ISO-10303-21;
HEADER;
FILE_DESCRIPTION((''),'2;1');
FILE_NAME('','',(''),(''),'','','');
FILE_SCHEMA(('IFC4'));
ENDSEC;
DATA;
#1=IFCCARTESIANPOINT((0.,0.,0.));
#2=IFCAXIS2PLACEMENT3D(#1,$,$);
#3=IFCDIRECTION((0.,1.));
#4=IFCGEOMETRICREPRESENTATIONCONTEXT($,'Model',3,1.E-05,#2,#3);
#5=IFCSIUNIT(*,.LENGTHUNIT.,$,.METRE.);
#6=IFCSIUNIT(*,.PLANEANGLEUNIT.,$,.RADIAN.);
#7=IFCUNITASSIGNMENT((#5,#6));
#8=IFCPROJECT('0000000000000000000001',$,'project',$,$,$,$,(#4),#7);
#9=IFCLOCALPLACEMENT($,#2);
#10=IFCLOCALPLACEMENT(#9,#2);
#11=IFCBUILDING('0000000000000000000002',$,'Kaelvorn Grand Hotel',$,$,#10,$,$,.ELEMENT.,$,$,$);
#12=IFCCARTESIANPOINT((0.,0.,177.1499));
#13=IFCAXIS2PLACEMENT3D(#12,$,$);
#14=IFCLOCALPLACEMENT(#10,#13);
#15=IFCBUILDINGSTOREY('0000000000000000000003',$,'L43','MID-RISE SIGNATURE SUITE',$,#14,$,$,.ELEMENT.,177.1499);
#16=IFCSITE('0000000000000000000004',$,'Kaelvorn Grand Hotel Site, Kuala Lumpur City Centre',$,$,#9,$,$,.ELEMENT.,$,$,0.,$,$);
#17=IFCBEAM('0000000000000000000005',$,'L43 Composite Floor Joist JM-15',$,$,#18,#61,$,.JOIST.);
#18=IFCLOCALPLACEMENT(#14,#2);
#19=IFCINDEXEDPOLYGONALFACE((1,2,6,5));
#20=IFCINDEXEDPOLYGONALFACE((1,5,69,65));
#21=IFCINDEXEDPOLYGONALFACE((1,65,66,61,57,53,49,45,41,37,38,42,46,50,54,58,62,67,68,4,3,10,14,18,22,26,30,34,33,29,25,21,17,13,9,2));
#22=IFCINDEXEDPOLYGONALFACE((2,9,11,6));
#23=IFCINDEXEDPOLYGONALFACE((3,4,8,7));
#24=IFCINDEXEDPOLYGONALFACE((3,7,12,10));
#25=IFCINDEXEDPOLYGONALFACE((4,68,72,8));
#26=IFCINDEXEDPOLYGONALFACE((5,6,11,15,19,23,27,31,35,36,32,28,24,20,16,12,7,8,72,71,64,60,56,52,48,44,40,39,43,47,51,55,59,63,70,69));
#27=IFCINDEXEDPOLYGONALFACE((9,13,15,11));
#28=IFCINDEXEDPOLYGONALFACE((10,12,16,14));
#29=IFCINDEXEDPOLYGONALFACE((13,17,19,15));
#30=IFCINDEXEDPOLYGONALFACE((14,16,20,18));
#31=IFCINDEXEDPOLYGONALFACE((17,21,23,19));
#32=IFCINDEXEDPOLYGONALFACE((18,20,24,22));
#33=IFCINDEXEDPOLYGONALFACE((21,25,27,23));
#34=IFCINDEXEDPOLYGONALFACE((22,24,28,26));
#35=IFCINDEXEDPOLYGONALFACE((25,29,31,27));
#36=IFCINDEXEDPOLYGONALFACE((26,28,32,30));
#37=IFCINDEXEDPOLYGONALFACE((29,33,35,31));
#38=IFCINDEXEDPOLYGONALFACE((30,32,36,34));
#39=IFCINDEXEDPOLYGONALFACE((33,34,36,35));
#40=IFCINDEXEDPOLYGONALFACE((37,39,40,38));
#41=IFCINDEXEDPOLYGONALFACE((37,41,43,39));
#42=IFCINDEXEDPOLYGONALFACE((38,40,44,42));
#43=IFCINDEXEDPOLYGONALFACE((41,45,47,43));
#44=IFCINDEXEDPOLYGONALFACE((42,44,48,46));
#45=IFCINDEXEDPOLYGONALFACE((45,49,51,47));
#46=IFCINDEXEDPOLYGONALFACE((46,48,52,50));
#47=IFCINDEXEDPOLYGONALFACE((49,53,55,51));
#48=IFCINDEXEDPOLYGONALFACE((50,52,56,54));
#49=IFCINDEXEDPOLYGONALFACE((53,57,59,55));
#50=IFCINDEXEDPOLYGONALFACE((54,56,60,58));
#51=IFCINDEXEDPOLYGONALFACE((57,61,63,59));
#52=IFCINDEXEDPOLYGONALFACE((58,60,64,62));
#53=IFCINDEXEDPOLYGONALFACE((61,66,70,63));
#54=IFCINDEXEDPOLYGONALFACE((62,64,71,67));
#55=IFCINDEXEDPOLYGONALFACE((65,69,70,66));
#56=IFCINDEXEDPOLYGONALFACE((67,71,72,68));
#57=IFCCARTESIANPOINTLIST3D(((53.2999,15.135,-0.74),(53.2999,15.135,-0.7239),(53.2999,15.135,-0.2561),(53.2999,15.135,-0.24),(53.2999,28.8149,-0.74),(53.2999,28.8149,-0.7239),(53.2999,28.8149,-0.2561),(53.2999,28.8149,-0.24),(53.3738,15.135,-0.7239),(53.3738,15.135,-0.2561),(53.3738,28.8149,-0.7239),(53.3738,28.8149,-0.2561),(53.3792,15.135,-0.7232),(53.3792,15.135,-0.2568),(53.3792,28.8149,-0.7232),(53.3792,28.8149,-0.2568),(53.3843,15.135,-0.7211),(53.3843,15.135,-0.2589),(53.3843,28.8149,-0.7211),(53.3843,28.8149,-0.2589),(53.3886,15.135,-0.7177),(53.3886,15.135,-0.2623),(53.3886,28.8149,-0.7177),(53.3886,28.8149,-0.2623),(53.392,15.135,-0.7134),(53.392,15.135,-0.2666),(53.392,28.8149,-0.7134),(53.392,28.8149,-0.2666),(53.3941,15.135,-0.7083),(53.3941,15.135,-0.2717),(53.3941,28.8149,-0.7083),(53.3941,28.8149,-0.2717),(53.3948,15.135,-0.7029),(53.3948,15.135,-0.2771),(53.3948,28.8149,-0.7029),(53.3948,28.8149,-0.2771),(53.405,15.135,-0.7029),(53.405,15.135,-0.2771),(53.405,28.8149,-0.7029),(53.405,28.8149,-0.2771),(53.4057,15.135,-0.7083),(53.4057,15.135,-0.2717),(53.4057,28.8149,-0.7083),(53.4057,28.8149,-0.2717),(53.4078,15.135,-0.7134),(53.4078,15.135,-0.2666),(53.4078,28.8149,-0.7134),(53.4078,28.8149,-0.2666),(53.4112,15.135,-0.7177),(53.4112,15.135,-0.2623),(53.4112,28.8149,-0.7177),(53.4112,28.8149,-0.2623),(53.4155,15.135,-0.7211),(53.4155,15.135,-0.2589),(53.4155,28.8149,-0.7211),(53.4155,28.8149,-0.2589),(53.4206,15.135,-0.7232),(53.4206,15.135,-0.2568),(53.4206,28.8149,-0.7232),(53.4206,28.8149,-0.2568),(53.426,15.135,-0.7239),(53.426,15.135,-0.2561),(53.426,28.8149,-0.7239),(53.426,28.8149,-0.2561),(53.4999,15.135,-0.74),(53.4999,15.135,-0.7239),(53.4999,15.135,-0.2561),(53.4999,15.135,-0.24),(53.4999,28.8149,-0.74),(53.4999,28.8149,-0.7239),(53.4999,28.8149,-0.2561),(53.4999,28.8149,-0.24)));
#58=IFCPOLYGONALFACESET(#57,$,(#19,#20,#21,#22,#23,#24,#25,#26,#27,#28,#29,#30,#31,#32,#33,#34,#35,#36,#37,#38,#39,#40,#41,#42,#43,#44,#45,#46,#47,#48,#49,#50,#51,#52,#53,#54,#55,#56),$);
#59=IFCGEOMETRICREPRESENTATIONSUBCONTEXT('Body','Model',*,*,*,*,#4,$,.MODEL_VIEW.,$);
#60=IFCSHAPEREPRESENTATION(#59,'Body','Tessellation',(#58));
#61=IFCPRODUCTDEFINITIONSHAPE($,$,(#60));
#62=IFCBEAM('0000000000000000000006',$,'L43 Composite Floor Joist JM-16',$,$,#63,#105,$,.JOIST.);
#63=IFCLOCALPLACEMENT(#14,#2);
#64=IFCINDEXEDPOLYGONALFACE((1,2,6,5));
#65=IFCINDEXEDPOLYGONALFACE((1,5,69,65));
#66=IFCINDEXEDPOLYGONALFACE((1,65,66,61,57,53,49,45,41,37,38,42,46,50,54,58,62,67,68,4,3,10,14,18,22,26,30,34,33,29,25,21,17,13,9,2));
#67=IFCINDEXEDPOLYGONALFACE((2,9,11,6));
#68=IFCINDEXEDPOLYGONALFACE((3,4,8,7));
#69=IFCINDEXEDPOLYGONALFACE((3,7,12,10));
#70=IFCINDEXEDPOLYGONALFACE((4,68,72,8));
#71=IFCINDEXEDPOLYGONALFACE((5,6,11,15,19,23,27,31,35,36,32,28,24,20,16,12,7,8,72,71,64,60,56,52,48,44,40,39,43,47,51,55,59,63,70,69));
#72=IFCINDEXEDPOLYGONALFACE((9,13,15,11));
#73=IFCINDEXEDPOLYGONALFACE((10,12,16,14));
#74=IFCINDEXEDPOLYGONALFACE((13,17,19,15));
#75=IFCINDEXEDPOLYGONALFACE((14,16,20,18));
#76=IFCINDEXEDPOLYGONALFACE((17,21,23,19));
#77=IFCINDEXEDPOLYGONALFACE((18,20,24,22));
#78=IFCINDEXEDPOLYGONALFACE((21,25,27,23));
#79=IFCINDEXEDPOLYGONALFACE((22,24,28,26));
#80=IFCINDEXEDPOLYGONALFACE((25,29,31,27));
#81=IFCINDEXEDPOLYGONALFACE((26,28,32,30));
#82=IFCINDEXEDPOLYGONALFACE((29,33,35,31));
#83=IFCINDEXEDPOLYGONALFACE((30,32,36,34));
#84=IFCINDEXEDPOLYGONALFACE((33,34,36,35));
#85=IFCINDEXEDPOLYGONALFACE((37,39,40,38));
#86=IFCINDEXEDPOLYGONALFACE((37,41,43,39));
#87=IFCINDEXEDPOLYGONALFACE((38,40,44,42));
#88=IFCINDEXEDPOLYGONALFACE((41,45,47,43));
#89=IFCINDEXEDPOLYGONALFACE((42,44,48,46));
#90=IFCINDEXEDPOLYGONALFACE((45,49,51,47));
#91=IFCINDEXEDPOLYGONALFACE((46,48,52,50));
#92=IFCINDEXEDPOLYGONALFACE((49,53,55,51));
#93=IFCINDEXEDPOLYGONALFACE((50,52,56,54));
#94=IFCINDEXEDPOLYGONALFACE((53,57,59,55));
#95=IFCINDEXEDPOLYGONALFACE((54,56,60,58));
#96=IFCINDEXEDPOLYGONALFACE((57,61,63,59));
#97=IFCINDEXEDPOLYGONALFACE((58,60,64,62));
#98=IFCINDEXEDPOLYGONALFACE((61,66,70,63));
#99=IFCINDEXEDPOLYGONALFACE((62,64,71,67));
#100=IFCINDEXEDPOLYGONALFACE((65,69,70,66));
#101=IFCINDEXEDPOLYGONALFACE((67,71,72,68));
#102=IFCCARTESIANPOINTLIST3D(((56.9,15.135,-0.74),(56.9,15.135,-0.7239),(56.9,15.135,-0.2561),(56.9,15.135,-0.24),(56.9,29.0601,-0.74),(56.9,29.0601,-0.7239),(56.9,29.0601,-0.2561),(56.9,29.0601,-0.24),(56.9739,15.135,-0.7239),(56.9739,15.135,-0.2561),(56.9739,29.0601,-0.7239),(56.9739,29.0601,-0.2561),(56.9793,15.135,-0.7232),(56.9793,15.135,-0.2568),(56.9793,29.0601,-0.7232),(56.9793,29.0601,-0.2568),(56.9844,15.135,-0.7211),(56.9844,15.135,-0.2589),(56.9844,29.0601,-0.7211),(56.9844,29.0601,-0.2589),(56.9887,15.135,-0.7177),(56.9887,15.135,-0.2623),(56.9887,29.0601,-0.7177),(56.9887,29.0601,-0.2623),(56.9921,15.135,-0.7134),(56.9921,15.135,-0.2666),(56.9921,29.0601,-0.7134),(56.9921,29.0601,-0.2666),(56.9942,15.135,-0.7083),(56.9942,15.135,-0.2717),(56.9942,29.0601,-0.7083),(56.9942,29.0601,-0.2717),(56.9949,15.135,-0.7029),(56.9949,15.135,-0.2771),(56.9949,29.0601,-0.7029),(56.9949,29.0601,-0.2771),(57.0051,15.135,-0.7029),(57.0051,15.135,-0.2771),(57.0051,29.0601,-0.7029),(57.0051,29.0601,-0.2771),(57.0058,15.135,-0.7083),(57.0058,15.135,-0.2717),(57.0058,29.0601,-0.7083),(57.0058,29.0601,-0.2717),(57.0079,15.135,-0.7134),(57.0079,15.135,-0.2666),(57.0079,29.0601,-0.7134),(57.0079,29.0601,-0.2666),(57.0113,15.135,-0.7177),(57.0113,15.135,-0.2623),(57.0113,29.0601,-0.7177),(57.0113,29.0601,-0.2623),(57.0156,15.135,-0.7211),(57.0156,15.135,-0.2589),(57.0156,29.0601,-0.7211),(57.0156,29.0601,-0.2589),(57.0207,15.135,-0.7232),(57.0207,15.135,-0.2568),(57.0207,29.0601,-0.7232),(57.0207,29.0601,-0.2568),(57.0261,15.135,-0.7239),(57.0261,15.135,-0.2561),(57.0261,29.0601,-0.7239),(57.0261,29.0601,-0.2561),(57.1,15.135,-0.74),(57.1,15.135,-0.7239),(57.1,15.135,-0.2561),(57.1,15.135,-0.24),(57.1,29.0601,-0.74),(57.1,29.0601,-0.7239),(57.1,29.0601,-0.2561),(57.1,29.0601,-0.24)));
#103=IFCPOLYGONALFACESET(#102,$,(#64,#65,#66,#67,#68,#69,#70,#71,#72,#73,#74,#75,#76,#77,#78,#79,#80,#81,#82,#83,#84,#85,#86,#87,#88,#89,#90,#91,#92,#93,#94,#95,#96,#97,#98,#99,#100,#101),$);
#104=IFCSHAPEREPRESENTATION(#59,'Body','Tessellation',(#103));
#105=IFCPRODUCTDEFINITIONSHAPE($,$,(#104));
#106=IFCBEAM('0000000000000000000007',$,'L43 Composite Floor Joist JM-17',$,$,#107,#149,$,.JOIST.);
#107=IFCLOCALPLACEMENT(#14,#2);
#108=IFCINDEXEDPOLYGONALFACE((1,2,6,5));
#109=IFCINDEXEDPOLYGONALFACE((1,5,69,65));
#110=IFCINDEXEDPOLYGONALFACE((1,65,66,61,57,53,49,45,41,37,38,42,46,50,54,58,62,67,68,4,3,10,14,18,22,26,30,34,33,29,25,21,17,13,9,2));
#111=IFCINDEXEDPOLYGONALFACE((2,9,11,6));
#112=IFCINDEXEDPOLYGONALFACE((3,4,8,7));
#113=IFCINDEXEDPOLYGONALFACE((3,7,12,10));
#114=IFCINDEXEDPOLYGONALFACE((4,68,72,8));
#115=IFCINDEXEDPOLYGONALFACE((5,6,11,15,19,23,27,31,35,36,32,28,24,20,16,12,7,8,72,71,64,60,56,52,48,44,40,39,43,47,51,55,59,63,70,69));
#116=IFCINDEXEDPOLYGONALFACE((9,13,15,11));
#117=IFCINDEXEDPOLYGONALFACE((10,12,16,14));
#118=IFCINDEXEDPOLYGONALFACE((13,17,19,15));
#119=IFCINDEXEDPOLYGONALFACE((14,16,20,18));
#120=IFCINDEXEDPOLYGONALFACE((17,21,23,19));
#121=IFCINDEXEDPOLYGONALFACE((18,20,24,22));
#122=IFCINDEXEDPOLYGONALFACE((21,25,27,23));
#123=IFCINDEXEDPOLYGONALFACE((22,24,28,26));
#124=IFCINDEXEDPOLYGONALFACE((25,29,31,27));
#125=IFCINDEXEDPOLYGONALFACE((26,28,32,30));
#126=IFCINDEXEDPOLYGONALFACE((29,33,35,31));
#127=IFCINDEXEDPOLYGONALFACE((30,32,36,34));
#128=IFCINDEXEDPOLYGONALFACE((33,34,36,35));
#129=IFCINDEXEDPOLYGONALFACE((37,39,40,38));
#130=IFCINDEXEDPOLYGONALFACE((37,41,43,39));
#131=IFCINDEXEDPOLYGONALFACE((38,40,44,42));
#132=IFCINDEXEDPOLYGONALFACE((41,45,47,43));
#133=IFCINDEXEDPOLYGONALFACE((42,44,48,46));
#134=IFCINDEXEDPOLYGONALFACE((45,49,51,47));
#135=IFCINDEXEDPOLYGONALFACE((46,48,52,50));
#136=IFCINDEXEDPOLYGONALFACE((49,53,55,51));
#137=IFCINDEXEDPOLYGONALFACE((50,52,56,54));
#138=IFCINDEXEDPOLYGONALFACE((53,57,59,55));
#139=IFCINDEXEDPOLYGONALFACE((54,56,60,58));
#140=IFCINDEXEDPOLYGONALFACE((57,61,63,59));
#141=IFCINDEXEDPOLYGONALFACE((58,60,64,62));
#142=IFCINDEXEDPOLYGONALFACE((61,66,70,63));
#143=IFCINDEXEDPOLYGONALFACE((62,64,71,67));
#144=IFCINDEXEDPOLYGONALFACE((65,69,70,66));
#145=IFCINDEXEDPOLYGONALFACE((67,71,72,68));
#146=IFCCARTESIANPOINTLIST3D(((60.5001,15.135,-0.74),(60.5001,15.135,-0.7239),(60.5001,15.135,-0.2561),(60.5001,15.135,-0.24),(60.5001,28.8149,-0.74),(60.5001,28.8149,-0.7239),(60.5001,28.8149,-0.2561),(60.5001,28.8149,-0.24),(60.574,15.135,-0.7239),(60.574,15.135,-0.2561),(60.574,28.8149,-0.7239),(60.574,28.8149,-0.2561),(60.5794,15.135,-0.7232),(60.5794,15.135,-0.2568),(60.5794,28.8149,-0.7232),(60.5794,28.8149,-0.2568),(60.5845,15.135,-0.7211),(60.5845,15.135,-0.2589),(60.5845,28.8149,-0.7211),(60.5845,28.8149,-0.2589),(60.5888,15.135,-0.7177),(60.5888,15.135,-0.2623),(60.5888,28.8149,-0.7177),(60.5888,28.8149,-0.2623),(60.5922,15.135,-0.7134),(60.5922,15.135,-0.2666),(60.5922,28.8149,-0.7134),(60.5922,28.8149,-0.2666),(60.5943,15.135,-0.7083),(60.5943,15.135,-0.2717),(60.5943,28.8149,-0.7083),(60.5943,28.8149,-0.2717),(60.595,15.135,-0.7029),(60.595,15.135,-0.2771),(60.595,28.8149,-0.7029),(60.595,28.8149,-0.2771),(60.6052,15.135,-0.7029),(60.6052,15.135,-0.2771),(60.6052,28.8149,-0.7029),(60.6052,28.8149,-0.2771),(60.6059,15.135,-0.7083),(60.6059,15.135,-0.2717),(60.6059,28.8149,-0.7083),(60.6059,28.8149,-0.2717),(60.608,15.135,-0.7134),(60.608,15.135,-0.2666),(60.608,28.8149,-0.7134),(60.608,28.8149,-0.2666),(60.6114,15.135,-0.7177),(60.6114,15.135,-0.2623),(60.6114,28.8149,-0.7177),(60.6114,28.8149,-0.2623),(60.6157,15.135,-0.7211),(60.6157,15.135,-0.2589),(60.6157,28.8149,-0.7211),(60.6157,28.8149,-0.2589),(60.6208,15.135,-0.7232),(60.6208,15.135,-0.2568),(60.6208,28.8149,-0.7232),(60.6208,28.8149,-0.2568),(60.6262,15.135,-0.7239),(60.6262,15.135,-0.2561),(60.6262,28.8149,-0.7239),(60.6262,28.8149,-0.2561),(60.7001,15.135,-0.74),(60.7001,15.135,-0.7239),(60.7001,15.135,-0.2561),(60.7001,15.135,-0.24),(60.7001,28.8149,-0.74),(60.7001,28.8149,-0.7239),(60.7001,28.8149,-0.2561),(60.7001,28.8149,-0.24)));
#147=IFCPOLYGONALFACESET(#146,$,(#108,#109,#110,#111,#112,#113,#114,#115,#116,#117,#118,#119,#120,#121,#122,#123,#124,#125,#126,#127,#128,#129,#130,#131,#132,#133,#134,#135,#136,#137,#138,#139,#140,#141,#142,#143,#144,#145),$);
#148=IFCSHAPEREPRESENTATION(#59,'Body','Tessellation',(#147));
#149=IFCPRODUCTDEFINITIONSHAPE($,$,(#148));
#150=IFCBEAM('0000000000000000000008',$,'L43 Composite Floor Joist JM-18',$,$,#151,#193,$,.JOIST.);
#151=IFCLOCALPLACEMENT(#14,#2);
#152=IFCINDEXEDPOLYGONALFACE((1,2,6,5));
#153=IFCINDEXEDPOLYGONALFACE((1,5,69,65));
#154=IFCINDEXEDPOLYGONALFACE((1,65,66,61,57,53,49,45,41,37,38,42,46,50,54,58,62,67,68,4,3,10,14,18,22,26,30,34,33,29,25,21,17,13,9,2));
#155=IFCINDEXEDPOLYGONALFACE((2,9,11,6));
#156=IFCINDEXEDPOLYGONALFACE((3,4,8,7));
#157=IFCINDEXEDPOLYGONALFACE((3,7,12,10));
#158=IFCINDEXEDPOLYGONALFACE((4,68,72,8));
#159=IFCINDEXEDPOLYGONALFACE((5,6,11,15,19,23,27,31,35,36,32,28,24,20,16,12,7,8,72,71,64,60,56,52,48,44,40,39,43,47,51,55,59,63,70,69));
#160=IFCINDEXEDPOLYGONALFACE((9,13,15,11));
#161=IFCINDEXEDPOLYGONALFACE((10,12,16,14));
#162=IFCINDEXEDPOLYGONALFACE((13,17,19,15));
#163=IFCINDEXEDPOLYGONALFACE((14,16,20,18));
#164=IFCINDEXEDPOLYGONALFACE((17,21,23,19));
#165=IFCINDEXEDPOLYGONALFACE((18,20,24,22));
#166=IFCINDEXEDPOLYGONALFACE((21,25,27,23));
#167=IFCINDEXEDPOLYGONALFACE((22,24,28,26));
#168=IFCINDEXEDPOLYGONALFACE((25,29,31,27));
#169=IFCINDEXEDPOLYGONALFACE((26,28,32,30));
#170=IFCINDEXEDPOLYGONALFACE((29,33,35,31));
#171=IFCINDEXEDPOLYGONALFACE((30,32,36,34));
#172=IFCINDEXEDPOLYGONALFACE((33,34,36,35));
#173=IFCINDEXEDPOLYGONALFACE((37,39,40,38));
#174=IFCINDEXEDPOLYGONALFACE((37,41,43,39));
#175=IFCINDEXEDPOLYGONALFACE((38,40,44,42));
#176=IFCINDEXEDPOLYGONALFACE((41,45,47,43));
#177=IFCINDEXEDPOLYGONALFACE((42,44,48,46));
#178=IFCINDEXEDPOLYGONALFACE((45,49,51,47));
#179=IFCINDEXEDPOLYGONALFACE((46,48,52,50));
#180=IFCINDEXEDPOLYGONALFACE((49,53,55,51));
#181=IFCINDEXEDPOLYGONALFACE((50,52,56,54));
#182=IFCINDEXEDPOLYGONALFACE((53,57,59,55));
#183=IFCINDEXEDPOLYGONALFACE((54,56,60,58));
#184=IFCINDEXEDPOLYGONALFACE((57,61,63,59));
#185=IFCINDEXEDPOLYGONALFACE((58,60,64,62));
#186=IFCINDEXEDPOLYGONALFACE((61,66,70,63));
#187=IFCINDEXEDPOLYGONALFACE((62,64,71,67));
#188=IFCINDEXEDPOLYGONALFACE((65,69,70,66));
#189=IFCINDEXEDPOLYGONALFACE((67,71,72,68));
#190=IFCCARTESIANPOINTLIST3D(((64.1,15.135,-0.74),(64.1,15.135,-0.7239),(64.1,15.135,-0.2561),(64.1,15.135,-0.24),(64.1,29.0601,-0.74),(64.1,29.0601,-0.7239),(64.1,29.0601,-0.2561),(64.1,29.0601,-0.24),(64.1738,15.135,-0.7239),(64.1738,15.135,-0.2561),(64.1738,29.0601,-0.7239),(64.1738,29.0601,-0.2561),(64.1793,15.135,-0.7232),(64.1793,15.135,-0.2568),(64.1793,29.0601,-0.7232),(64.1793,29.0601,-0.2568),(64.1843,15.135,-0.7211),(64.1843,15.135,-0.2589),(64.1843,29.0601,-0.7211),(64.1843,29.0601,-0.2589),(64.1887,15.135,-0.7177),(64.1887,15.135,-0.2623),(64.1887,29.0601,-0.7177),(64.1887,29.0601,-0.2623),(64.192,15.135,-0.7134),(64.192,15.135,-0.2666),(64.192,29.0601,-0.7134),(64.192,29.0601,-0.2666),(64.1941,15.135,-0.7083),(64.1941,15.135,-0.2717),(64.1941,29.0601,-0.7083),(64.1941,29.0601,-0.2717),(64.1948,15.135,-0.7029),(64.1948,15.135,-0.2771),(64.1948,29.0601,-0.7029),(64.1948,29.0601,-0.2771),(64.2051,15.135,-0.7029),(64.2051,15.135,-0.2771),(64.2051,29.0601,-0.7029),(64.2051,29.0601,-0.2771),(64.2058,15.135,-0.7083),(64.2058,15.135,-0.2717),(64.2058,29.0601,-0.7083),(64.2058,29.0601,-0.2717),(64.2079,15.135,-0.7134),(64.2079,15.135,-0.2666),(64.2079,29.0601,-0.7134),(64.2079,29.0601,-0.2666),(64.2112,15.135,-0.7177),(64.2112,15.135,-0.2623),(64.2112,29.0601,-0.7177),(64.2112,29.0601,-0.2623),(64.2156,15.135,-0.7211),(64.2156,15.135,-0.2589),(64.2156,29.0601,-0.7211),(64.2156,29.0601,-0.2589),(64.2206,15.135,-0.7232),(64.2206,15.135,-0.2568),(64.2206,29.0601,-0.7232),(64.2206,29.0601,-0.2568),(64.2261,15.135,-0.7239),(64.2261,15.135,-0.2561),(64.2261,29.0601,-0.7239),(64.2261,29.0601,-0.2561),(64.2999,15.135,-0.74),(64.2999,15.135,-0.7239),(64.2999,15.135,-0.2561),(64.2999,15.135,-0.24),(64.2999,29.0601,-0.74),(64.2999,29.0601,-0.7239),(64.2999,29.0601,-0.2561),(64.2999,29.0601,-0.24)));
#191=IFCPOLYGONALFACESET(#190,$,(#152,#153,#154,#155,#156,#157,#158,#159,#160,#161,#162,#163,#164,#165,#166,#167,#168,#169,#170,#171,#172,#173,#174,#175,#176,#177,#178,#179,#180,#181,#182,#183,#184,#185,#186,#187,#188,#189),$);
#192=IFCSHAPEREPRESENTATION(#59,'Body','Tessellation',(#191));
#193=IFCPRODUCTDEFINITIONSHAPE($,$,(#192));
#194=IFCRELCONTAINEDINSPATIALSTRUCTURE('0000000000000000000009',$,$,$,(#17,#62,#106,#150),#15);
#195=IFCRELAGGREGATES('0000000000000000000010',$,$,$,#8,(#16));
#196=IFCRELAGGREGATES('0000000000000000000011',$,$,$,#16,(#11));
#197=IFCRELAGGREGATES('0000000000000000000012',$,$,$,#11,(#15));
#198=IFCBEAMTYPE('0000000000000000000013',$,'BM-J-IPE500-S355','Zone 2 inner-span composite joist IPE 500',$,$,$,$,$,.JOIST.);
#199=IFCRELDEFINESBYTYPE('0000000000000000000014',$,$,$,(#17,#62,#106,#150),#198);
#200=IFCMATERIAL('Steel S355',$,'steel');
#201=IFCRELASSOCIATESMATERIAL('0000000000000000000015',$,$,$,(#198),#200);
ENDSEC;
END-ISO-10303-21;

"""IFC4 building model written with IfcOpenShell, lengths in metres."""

from ifc_helpers import new_model, si_unit, direction, frame, origin, origin_2d, place, context, subcontext, project, spatial, i_section, extrude, material, material_profile, profile_set, type_object, element, save


model = new_model("IFC4")

# Units and contexts
model_context = context("Model", 3, precision=1e-05, world=origin(), true_north=direction((0.0, 1.0)))
body_context = subcontext(model_context, "Body", "Model", "MODEL_VIEW")
ifc_project = project(units=[si_unit("LENGTHUNIT", "METRE"), si_unit("PLANEANGLEUNIT", "RADIAN")], contexts=[model_context])

# Site, building, storey
site_placement = place(None, origin())
site = spatial("IfcSite", under=ifc_project, at=site_placement, Name="Kaelvorn Grand Hotel Site, Kuala Lumpur City Centre", CompositionType="ELEMENT", RefElevation=0.0)
building_placement = place(site_placement, origin())
building = spatial("IfcBuilding", under=site, at=building_placement, Name="Kaelvorn Grand Hotel", CompositionType="ELEMENT")
storey_placement = place(building_placement, frame((0.0, 0.0, 177.1499)))
storey = spatial("IfcBuildingStorey", under=building, at=storey_placement, Name="L43", Description="MID-RISE SIGNATURE SUITE", CompositionType="ELEMENT", Elevation=177.1499)

# Beams
ifc_material_1 = material(Name="Steel S355", Category="steel")
ifc_material_profile_1 = material_profile(ifc_material_1, i_section(OverallWidth=0.2, OverallDepth=0.5, WebThickness=0.0103, FlangeThickness=0.0161, FilletRadius=0.021, at=origin_2d()), Name="IPE 500")
ifc_profile_set_1 = profile_set([ifc_material_profile_1], Name="Steel S355")
beam_type_1 = type_object("IfcBeamType", Name="BM-J-IPE500-S355", Description="Zone 2 inner-span composite joist IPE 500", PredefinedType="JOIST", material=ifc_profile_set_1)
beam_1_placement = place(storey_placement, frame((53.3999, 15.135, -0.49), z_axis=(0.0, 1.0, 0.0), x_axis=(-1.0, 0.0, 0.0)))
element("IfcBeam", 1, at=beam_1_placement, inside=storey, type_object=beam_type_1, Name="L43 Composite Floor Joist JM-15", PredefinedType="JOIST", context=body_context, shape_type="SweptSolid", body=[
    extrude(i_section(OverallWidth=0.2, OverallDepth=0.5, WebThickness=0.0103, FlangeThickness=0.0161, FilletRadius=0.021, at=origin_2d()), origin(), (0.0, 0.0, 1.0), 13.6799),
])
beam_2_placement = place(storey_placement, frame((57.0, 15.135, -0.49), z_axis=(0.0, 1.0, 0.0), x_axis=(-1.0, 0.0, 0.0)))
element("IfcBeam", 2, at=beam_2_placement, inside=storey, type_object=beam_type_1, Name="L43 Composite Floor Joist JM-16", PredefinedType="JOIST", context=body_context, shape_type="SweptSolid", body=[
    extrude(i_section(OverallWidth=0.2, OverallDepth=0.5, WebThickness=0.0103, FlangeThickness=0.0161, FilletRadius=0.021, at=origin_2d()), origin(), (0.0, 0.0, 1.0), 13.925),
])
beam_3_placement = place(storey_placement, frame((60.6001, 15.135, -0.49), z_axis=(0.0, 1.0, 0.0), x_axis=(-1.0, 0.0, 0.0)))
element("IfcBeam", 3, at=beam_3_placement, inside=storey, type_object=beam_type_1, Name="L43 Composite Floor Joist JM-17", PredefinedType="JOIST", context=body_context, shape_type="SweptSolid", body=[
    extrude(i_section(OverallWidth=0.2, OverallDepth=0.5, WebThickness=0.0103, FlangeThickness=0.0161, FilletRadius=0.021, at=origin_2d()), origin(), (0.0, 0.0, 1.0), 13.6799),
])
beam_4_placement = place(storey_placement, frame((64.2, 15.135, -0.49), z_axis=(0.0, 1.0, 0.0), x_axis=(-1.0, 0.0, 0.0)))
element("IfcBeam", 4, at=beam_4_placement, inside=storey, type_object=beam_type_1, Name="L43 Composite Floor Joist JM-18", PredefinedType="JOIST", context=body_context, shape_type="SweptSolid", body=[
    extrude(i_section(OverallWidth=0.2, OverallDepth=0.5, WebThickness=0.0103, FlangeThickness=0.0161, FilletRadius=0.021, at=origin_2d()), origin(), (0.0, 0.0, 1.0), 13.925),
])

save(model, "model.ifc")
